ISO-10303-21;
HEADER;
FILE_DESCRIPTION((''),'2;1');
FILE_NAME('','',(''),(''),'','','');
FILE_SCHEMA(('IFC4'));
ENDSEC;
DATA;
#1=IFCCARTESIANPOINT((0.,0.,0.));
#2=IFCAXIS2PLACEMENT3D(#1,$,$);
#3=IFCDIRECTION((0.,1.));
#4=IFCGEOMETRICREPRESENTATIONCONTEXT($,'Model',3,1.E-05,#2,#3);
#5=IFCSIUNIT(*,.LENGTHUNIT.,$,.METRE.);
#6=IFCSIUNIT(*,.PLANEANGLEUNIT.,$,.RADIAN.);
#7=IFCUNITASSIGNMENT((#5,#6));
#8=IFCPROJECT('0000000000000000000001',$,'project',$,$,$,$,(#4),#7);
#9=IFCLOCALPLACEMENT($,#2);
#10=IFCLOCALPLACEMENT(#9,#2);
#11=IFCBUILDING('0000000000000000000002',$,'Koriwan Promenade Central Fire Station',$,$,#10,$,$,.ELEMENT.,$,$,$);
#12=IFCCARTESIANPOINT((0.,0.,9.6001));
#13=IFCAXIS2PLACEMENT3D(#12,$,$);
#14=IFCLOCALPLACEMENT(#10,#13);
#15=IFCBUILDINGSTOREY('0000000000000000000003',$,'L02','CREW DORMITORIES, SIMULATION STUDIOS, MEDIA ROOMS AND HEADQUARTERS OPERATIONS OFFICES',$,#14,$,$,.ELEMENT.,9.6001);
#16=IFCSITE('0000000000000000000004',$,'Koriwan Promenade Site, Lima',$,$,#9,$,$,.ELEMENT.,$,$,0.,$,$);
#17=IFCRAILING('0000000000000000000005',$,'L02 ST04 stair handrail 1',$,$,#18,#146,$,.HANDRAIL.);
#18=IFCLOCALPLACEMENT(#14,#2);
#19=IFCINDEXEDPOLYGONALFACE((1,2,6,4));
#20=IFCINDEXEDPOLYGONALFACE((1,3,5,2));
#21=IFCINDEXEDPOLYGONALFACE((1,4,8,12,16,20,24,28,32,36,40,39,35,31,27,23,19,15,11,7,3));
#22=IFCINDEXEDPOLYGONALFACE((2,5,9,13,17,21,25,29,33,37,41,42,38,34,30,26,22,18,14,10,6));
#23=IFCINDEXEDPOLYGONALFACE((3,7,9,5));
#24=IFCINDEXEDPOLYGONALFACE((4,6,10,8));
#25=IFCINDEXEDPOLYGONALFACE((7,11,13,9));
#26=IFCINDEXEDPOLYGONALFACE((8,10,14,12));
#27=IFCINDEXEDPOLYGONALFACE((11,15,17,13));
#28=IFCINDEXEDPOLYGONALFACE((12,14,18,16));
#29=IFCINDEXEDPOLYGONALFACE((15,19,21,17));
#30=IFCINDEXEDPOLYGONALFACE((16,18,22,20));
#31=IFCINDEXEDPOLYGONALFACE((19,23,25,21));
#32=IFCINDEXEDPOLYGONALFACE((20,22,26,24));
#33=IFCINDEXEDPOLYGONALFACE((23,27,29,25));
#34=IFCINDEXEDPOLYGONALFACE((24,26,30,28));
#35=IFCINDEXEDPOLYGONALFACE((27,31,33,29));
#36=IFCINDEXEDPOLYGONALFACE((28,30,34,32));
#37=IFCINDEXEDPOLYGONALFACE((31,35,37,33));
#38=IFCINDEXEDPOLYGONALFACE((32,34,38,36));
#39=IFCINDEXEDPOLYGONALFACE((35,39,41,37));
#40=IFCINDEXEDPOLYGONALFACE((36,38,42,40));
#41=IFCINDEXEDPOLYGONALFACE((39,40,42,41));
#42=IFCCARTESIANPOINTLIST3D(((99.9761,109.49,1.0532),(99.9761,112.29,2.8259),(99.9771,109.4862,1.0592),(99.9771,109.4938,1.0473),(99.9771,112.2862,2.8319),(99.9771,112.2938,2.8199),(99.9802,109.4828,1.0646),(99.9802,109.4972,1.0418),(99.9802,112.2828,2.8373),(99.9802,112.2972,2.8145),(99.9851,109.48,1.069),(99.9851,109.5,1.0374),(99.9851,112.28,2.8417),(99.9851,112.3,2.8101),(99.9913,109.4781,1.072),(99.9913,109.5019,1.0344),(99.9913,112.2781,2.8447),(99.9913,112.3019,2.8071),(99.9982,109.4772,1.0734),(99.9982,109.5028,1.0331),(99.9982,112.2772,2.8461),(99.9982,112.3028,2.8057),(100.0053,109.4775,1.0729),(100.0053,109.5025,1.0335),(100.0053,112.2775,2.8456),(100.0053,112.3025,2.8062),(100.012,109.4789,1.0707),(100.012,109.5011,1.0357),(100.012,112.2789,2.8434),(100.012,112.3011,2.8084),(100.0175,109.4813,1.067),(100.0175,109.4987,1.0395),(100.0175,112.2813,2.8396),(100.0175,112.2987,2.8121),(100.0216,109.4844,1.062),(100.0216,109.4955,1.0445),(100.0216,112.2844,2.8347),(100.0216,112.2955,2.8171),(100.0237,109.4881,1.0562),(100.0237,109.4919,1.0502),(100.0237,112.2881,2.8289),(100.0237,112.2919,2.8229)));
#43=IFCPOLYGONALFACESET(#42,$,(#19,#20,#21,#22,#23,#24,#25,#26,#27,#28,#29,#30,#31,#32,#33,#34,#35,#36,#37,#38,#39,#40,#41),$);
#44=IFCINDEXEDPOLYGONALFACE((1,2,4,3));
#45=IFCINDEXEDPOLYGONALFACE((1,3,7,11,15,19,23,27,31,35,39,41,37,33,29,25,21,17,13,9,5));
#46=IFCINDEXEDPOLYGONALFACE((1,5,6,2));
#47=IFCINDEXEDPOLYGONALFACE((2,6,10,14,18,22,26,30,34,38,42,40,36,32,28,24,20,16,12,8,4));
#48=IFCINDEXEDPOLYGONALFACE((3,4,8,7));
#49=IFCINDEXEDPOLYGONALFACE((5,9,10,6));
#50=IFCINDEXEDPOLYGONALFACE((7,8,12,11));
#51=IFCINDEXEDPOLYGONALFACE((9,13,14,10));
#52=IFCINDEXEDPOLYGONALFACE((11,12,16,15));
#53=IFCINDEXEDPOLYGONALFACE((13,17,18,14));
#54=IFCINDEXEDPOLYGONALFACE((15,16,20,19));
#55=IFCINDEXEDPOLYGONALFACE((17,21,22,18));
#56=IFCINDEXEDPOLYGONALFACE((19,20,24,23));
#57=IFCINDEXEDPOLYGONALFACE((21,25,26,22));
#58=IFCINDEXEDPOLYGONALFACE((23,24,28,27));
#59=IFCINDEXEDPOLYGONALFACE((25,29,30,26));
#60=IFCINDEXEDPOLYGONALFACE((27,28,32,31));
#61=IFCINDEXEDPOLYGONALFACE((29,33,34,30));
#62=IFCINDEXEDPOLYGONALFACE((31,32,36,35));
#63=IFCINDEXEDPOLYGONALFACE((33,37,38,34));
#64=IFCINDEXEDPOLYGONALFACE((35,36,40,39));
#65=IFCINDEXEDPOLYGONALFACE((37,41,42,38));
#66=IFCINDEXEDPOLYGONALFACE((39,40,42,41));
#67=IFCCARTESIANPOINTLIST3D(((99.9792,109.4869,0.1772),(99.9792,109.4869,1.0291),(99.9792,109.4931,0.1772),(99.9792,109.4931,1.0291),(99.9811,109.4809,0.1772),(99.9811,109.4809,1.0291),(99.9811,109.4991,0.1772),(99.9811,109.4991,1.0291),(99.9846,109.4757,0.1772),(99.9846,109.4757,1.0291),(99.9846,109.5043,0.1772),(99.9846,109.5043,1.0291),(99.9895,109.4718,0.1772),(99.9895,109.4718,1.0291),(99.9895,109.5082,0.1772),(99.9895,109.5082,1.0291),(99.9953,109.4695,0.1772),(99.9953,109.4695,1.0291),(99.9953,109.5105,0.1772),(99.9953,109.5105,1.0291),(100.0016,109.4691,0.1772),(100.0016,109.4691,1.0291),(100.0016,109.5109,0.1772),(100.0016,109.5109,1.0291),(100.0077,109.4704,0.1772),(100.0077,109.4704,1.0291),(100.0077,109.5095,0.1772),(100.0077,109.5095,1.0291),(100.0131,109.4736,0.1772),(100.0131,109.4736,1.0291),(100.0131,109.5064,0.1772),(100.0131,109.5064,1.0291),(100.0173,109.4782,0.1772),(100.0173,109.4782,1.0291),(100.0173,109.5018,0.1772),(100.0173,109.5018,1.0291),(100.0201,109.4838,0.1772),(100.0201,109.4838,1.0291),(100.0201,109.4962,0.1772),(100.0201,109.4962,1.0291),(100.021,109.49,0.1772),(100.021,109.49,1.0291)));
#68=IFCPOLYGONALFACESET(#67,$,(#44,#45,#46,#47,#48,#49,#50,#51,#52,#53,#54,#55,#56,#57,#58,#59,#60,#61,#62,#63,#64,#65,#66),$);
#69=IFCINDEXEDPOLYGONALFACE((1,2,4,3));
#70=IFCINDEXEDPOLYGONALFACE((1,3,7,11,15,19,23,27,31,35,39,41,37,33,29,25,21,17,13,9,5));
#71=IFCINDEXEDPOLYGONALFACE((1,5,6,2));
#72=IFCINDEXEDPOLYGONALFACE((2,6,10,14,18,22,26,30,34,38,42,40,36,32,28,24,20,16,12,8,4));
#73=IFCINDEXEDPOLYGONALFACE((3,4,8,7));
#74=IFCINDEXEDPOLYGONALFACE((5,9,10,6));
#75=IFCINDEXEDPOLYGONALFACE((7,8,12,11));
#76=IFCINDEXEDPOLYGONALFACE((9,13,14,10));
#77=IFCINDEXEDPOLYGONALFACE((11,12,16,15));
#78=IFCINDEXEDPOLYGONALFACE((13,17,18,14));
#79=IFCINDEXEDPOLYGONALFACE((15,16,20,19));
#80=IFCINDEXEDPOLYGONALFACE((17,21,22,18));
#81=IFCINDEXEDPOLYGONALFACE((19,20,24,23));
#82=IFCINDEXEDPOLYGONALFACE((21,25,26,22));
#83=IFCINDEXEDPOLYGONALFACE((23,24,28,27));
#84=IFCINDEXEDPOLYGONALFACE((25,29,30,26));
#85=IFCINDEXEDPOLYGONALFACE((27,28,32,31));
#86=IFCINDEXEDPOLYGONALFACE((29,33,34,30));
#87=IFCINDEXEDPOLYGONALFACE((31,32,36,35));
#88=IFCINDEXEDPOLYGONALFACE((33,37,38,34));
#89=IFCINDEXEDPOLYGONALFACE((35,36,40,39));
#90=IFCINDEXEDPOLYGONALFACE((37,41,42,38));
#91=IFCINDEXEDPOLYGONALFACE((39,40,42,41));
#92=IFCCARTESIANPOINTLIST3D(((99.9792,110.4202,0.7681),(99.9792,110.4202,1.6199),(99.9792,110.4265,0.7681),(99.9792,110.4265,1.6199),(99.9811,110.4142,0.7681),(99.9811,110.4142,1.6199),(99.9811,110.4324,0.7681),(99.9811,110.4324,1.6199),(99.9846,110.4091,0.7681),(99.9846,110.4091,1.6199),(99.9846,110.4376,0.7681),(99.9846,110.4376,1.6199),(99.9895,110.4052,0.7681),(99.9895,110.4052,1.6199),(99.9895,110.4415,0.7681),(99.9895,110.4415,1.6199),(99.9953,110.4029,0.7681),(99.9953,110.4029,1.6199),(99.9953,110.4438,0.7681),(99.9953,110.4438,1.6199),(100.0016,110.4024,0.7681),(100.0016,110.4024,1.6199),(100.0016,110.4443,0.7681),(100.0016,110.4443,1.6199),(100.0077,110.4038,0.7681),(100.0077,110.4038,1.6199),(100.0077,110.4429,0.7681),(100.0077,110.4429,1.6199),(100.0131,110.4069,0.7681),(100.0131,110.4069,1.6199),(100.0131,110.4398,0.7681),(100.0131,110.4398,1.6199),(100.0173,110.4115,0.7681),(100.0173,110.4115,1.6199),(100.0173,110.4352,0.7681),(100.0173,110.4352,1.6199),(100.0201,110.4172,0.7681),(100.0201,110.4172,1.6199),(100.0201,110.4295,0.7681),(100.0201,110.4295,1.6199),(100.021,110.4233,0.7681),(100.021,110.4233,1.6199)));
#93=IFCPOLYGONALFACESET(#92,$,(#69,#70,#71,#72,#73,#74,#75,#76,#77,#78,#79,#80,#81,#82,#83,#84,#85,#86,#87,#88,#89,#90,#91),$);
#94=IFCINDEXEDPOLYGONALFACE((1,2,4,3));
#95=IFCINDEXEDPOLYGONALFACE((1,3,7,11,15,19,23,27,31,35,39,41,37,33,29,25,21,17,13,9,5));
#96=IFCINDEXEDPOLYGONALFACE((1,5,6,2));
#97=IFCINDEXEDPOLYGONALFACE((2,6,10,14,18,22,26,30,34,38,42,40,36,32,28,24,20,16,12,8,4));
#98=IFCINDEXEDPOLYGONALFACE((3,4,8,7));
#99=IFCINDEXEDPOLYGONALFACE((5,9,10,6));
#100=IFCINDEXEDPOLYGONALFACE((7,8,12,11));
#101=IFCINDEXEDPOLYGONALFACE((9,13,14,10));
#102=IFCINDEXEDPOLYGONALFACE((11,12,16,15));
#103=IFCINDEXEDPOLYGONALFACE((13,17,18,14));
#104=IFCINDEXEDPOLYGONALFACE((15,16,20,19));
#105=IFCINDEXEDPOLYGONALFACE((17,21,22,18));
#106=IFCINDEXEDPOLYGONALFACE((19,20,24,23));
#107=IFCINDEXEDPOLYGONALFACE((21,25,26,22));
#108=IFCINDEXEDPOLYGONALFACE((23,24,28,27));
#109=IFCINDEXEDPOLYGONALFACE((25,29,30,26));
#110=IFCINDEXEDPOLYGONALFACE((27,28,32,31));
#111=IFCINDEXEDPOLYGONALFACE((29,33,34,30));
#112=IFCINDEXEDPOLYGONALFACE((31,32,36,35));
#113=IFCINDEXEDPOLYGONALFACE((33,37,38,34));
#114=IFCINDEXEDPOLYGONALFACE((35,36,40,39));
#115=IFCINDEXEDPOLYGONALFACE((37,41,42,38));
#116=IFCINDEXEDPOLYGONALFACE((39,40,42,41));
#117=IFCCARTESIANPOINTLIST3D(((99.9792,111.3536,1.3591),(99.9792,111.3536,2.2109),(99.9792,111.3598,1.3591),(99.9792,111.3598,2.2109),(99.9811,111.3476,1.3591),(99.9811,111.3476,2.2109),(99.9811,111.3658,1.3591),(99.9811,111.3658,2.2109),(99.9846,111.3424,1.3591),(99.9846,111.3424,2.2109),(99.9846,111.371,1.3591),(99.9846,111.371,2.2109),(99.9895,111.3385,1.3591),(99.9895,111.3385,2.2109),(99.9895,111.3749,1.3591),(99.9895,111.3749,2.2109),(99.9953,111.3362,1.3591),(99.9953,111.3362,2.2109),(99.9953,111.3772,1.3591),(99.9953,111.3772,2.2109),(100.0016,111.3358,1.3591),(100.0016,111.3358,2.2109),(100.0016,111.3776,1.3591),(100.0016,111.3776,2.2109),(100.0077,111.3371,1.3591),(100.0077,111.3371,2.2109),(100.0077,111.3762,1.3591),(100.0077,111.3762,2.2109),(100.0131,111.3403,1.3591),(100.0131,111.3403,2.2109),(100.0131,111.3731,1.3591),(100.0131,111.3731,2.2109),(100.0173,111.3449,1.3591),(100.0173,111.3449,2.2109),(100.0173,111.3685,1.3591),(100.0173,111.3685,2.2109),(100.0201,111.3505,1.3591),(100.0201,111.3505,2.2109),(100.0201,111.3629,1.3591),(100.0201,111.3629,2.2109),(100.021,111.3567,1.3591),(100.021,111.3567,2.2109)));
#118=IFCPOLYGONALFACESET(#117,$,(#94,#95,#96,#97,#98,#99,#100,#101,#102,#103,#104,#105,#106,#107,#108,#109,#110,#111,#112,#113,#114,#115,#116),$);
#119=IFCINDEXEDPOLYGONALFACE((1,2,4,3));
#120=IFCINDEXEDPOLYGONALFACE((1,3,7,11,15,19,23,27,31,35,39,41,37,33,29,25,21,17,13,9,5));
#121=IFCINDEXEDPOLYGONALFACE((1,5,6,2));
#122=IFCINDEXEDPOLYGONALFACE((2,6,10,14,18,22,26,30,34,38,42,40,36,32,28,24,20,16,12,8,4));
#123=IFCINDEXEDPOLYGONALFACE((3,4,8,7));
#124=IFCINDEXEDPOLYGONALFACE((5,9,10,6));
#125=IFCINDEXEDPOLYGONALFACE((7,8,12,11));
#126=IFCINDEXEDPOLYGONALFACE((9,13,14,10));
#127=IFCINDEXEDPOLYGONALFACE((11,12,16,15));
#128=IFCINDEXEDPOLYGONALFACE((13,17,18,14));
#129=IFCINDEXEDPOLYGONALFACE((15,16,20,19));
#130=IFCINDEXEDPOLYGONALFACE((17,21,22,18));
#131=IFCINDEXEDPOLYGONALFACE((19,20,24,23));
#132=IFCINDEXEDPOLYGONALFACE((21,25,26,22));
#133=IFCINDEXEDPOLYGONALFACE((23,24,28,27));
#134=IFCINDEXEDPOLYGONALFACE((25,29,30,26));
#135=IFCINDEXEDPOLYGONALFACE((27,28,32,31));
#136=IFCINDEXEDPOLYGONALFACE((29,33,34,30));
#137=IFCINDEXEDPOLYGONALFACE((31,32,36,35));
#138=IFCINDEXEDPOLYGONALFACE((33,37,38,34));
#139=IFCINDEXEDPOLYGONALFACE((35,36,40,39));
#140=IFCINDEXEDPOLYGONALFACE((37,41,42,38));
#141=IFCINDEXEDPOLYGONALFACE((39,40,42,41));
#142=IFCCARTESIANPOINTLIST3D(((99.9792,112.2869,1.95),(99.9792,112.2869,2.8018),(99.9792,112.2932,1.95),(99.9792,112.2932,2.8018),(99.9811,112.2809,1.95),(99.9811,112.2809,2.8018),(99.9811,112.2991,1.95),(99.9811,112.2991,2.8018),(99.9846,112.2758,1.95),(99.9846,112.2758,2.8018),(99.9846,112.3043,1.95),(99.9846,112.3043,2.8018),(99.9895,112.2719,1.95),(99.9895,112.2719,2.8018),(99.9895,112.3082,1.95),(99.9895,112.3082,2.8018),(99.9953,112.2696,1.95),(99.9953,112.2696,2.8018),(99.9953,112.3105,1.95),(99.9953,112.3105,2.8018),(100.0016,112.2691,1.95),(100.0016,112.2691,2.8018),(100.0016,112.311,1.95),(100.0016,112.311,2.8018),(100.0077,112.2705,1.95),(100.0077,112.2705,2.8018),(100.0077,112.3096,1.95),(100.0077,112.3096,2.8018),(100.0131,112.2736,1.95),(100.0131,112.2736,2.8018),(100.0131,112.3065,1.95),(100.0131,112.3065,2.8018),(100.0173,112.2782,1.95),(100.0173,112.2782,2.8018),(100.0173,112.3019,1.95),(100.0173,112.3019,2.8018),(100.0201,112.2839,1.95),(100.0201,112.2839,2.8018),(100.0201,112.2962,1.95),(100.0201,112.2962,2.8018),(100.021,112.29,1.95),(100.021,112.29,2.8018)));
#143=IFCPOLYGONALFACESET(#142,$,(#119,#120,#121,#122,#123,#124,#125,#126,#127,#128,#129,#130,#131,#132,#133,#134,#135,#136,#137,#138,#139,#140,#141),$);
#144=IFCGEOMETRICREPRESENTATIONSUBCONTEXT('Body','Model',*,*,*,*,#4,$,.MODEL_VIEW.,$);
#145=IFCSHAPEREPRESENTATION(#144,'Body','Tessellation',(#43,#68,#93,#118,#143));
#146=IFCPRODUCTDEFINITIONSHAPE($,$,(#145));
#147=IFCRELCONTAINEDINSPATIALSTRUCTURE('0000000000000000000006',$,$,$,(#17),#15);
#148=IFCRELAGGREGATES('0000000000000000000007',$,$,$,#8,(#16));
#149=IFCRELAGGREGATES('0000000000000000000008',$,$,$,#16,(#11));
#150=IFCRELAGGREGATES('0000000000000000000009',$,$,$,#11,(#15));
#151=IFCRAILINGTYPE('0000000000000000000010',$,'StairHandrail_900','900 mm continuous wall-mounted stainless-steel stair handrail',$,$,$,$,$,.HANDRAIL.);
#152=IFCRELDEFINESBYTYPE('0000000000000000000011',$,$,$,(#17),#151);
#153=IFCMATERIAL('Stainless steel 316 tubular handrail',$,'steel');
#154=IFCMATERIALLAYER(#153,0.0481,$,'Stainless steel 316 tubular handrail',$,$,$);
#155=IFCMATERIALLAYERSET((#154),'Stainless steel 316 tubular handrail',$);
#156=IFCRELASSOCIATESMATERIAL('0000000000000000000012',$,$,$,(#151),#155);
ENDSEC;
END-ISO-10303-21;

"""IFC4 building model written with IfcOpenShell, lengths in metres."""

from ifc_helpers import new_model, si_unit, direction, frame, origin, origin_2d, place, context, subcontext, project, spatial, circle, extrude, material, layer, layer_set, type_object, element, save


model = new_model("IFC4")

# Units and contexts
model_context = context("Model", 3, precision=1e-05, world=origin(), true_north=direction((0.0, 1.0)))
body_context = subcontext(model_context, "Body", "Model", "MODEL_VIEW")
ifc_project = project(units=[si_unit("LENGTHUNIT", "METRE"), si_unit("PLANEANGLEUNIT", "RADIAN")], contexts=[model_context])

# Site, building, storey
site_placement = place(None, origin())
site = spatial("IfcSite", under=ifc_project, at=site_placement, Name="Koriwan Promenade Site, Lima", CompositionType="ELEMENT", RefElevation=0.0)
building_placement = place(site_placement, origin())
building = spatial("IfcBuilding", under=site, at=building_placement, Name="Koriwan Promenade Central Fire Station", CompositionType="ELEMENT")
storey_placement = place(building_placement, frame((0.0, 0.0, 9.6001)))
storey = spatial("IfcBuildingStorey", under=building, at=storey_placement, Name="L02", Description="CREW DORMITORIES, SIMULATION STUDIOS, MEDIA ROOMS AND HEADQUARTERS OPERATIONS OFFICES", CompositionType="ELEMENT", Elevation=9.6001)

# Railing
ifc_material_1 = material(Name="Stainless steel 316 tubular handrail", Category="steel")
ifc_layer_1 = layer(ifc_material_1, 0.0481, Name="Stainless steel 316 tubular handrail")
ifc_layer_set_1 = layer_set([ifc_layer_1], Name="Stainless steel 316 tubular handrail")
railing_type_1 = type_object("IfcRailingType", Name="StairHandrail_900", Description="900 mm continuous wall-mounted stainless-steel stair handrail", PredefinedType="HANDRAIL", material=ifc_layer_set_1)
railing_1_placement = place(storey_placement, frame((100.0, 109.49, 0.1772)))
element("IfcRailing", 1, at=railing_1_placement, inside=storey, type_object=railing_type_1, Name="L02 ST04 stair handrail 1", PredefinedType="HANDRAIL", context=body_context, shape_type="SweptSolid", body=[
    extrude(circle(Radius=0.0239, at=origin_2d()), frame((0.0, 0.0, 0.876), z_axis=(0.0, 0.844909, 0.53491), x_axis=(-1.0, 0.0, 0.0)), (0.0, 0.0, 1.0), 3.314),
    extrude(circle(Radius=0.021, at=origin_2d()), origin(), (0.0, 0.0, 1.0), 0.8518),
    extrude(circle(Radius=0.021, at=origin_2d()), frame((0.0, 0.9333, 0.5908)), (0.0, 0.0, 1.0), 0.8518),
    extrude(circle(Radius=0.021, at=origin_2d()), frame((0.0, 1.8667, 1.1819)), (0.0, 0.0, 1.0), 0.8518),
    extrude(circle(Radius=0.021, at=origin_2d()), frame((0.0, 2.8, 1.7727)), (0.0, 0.0, 1.0), 0.8518),
])

save(model, "model.ifc")
